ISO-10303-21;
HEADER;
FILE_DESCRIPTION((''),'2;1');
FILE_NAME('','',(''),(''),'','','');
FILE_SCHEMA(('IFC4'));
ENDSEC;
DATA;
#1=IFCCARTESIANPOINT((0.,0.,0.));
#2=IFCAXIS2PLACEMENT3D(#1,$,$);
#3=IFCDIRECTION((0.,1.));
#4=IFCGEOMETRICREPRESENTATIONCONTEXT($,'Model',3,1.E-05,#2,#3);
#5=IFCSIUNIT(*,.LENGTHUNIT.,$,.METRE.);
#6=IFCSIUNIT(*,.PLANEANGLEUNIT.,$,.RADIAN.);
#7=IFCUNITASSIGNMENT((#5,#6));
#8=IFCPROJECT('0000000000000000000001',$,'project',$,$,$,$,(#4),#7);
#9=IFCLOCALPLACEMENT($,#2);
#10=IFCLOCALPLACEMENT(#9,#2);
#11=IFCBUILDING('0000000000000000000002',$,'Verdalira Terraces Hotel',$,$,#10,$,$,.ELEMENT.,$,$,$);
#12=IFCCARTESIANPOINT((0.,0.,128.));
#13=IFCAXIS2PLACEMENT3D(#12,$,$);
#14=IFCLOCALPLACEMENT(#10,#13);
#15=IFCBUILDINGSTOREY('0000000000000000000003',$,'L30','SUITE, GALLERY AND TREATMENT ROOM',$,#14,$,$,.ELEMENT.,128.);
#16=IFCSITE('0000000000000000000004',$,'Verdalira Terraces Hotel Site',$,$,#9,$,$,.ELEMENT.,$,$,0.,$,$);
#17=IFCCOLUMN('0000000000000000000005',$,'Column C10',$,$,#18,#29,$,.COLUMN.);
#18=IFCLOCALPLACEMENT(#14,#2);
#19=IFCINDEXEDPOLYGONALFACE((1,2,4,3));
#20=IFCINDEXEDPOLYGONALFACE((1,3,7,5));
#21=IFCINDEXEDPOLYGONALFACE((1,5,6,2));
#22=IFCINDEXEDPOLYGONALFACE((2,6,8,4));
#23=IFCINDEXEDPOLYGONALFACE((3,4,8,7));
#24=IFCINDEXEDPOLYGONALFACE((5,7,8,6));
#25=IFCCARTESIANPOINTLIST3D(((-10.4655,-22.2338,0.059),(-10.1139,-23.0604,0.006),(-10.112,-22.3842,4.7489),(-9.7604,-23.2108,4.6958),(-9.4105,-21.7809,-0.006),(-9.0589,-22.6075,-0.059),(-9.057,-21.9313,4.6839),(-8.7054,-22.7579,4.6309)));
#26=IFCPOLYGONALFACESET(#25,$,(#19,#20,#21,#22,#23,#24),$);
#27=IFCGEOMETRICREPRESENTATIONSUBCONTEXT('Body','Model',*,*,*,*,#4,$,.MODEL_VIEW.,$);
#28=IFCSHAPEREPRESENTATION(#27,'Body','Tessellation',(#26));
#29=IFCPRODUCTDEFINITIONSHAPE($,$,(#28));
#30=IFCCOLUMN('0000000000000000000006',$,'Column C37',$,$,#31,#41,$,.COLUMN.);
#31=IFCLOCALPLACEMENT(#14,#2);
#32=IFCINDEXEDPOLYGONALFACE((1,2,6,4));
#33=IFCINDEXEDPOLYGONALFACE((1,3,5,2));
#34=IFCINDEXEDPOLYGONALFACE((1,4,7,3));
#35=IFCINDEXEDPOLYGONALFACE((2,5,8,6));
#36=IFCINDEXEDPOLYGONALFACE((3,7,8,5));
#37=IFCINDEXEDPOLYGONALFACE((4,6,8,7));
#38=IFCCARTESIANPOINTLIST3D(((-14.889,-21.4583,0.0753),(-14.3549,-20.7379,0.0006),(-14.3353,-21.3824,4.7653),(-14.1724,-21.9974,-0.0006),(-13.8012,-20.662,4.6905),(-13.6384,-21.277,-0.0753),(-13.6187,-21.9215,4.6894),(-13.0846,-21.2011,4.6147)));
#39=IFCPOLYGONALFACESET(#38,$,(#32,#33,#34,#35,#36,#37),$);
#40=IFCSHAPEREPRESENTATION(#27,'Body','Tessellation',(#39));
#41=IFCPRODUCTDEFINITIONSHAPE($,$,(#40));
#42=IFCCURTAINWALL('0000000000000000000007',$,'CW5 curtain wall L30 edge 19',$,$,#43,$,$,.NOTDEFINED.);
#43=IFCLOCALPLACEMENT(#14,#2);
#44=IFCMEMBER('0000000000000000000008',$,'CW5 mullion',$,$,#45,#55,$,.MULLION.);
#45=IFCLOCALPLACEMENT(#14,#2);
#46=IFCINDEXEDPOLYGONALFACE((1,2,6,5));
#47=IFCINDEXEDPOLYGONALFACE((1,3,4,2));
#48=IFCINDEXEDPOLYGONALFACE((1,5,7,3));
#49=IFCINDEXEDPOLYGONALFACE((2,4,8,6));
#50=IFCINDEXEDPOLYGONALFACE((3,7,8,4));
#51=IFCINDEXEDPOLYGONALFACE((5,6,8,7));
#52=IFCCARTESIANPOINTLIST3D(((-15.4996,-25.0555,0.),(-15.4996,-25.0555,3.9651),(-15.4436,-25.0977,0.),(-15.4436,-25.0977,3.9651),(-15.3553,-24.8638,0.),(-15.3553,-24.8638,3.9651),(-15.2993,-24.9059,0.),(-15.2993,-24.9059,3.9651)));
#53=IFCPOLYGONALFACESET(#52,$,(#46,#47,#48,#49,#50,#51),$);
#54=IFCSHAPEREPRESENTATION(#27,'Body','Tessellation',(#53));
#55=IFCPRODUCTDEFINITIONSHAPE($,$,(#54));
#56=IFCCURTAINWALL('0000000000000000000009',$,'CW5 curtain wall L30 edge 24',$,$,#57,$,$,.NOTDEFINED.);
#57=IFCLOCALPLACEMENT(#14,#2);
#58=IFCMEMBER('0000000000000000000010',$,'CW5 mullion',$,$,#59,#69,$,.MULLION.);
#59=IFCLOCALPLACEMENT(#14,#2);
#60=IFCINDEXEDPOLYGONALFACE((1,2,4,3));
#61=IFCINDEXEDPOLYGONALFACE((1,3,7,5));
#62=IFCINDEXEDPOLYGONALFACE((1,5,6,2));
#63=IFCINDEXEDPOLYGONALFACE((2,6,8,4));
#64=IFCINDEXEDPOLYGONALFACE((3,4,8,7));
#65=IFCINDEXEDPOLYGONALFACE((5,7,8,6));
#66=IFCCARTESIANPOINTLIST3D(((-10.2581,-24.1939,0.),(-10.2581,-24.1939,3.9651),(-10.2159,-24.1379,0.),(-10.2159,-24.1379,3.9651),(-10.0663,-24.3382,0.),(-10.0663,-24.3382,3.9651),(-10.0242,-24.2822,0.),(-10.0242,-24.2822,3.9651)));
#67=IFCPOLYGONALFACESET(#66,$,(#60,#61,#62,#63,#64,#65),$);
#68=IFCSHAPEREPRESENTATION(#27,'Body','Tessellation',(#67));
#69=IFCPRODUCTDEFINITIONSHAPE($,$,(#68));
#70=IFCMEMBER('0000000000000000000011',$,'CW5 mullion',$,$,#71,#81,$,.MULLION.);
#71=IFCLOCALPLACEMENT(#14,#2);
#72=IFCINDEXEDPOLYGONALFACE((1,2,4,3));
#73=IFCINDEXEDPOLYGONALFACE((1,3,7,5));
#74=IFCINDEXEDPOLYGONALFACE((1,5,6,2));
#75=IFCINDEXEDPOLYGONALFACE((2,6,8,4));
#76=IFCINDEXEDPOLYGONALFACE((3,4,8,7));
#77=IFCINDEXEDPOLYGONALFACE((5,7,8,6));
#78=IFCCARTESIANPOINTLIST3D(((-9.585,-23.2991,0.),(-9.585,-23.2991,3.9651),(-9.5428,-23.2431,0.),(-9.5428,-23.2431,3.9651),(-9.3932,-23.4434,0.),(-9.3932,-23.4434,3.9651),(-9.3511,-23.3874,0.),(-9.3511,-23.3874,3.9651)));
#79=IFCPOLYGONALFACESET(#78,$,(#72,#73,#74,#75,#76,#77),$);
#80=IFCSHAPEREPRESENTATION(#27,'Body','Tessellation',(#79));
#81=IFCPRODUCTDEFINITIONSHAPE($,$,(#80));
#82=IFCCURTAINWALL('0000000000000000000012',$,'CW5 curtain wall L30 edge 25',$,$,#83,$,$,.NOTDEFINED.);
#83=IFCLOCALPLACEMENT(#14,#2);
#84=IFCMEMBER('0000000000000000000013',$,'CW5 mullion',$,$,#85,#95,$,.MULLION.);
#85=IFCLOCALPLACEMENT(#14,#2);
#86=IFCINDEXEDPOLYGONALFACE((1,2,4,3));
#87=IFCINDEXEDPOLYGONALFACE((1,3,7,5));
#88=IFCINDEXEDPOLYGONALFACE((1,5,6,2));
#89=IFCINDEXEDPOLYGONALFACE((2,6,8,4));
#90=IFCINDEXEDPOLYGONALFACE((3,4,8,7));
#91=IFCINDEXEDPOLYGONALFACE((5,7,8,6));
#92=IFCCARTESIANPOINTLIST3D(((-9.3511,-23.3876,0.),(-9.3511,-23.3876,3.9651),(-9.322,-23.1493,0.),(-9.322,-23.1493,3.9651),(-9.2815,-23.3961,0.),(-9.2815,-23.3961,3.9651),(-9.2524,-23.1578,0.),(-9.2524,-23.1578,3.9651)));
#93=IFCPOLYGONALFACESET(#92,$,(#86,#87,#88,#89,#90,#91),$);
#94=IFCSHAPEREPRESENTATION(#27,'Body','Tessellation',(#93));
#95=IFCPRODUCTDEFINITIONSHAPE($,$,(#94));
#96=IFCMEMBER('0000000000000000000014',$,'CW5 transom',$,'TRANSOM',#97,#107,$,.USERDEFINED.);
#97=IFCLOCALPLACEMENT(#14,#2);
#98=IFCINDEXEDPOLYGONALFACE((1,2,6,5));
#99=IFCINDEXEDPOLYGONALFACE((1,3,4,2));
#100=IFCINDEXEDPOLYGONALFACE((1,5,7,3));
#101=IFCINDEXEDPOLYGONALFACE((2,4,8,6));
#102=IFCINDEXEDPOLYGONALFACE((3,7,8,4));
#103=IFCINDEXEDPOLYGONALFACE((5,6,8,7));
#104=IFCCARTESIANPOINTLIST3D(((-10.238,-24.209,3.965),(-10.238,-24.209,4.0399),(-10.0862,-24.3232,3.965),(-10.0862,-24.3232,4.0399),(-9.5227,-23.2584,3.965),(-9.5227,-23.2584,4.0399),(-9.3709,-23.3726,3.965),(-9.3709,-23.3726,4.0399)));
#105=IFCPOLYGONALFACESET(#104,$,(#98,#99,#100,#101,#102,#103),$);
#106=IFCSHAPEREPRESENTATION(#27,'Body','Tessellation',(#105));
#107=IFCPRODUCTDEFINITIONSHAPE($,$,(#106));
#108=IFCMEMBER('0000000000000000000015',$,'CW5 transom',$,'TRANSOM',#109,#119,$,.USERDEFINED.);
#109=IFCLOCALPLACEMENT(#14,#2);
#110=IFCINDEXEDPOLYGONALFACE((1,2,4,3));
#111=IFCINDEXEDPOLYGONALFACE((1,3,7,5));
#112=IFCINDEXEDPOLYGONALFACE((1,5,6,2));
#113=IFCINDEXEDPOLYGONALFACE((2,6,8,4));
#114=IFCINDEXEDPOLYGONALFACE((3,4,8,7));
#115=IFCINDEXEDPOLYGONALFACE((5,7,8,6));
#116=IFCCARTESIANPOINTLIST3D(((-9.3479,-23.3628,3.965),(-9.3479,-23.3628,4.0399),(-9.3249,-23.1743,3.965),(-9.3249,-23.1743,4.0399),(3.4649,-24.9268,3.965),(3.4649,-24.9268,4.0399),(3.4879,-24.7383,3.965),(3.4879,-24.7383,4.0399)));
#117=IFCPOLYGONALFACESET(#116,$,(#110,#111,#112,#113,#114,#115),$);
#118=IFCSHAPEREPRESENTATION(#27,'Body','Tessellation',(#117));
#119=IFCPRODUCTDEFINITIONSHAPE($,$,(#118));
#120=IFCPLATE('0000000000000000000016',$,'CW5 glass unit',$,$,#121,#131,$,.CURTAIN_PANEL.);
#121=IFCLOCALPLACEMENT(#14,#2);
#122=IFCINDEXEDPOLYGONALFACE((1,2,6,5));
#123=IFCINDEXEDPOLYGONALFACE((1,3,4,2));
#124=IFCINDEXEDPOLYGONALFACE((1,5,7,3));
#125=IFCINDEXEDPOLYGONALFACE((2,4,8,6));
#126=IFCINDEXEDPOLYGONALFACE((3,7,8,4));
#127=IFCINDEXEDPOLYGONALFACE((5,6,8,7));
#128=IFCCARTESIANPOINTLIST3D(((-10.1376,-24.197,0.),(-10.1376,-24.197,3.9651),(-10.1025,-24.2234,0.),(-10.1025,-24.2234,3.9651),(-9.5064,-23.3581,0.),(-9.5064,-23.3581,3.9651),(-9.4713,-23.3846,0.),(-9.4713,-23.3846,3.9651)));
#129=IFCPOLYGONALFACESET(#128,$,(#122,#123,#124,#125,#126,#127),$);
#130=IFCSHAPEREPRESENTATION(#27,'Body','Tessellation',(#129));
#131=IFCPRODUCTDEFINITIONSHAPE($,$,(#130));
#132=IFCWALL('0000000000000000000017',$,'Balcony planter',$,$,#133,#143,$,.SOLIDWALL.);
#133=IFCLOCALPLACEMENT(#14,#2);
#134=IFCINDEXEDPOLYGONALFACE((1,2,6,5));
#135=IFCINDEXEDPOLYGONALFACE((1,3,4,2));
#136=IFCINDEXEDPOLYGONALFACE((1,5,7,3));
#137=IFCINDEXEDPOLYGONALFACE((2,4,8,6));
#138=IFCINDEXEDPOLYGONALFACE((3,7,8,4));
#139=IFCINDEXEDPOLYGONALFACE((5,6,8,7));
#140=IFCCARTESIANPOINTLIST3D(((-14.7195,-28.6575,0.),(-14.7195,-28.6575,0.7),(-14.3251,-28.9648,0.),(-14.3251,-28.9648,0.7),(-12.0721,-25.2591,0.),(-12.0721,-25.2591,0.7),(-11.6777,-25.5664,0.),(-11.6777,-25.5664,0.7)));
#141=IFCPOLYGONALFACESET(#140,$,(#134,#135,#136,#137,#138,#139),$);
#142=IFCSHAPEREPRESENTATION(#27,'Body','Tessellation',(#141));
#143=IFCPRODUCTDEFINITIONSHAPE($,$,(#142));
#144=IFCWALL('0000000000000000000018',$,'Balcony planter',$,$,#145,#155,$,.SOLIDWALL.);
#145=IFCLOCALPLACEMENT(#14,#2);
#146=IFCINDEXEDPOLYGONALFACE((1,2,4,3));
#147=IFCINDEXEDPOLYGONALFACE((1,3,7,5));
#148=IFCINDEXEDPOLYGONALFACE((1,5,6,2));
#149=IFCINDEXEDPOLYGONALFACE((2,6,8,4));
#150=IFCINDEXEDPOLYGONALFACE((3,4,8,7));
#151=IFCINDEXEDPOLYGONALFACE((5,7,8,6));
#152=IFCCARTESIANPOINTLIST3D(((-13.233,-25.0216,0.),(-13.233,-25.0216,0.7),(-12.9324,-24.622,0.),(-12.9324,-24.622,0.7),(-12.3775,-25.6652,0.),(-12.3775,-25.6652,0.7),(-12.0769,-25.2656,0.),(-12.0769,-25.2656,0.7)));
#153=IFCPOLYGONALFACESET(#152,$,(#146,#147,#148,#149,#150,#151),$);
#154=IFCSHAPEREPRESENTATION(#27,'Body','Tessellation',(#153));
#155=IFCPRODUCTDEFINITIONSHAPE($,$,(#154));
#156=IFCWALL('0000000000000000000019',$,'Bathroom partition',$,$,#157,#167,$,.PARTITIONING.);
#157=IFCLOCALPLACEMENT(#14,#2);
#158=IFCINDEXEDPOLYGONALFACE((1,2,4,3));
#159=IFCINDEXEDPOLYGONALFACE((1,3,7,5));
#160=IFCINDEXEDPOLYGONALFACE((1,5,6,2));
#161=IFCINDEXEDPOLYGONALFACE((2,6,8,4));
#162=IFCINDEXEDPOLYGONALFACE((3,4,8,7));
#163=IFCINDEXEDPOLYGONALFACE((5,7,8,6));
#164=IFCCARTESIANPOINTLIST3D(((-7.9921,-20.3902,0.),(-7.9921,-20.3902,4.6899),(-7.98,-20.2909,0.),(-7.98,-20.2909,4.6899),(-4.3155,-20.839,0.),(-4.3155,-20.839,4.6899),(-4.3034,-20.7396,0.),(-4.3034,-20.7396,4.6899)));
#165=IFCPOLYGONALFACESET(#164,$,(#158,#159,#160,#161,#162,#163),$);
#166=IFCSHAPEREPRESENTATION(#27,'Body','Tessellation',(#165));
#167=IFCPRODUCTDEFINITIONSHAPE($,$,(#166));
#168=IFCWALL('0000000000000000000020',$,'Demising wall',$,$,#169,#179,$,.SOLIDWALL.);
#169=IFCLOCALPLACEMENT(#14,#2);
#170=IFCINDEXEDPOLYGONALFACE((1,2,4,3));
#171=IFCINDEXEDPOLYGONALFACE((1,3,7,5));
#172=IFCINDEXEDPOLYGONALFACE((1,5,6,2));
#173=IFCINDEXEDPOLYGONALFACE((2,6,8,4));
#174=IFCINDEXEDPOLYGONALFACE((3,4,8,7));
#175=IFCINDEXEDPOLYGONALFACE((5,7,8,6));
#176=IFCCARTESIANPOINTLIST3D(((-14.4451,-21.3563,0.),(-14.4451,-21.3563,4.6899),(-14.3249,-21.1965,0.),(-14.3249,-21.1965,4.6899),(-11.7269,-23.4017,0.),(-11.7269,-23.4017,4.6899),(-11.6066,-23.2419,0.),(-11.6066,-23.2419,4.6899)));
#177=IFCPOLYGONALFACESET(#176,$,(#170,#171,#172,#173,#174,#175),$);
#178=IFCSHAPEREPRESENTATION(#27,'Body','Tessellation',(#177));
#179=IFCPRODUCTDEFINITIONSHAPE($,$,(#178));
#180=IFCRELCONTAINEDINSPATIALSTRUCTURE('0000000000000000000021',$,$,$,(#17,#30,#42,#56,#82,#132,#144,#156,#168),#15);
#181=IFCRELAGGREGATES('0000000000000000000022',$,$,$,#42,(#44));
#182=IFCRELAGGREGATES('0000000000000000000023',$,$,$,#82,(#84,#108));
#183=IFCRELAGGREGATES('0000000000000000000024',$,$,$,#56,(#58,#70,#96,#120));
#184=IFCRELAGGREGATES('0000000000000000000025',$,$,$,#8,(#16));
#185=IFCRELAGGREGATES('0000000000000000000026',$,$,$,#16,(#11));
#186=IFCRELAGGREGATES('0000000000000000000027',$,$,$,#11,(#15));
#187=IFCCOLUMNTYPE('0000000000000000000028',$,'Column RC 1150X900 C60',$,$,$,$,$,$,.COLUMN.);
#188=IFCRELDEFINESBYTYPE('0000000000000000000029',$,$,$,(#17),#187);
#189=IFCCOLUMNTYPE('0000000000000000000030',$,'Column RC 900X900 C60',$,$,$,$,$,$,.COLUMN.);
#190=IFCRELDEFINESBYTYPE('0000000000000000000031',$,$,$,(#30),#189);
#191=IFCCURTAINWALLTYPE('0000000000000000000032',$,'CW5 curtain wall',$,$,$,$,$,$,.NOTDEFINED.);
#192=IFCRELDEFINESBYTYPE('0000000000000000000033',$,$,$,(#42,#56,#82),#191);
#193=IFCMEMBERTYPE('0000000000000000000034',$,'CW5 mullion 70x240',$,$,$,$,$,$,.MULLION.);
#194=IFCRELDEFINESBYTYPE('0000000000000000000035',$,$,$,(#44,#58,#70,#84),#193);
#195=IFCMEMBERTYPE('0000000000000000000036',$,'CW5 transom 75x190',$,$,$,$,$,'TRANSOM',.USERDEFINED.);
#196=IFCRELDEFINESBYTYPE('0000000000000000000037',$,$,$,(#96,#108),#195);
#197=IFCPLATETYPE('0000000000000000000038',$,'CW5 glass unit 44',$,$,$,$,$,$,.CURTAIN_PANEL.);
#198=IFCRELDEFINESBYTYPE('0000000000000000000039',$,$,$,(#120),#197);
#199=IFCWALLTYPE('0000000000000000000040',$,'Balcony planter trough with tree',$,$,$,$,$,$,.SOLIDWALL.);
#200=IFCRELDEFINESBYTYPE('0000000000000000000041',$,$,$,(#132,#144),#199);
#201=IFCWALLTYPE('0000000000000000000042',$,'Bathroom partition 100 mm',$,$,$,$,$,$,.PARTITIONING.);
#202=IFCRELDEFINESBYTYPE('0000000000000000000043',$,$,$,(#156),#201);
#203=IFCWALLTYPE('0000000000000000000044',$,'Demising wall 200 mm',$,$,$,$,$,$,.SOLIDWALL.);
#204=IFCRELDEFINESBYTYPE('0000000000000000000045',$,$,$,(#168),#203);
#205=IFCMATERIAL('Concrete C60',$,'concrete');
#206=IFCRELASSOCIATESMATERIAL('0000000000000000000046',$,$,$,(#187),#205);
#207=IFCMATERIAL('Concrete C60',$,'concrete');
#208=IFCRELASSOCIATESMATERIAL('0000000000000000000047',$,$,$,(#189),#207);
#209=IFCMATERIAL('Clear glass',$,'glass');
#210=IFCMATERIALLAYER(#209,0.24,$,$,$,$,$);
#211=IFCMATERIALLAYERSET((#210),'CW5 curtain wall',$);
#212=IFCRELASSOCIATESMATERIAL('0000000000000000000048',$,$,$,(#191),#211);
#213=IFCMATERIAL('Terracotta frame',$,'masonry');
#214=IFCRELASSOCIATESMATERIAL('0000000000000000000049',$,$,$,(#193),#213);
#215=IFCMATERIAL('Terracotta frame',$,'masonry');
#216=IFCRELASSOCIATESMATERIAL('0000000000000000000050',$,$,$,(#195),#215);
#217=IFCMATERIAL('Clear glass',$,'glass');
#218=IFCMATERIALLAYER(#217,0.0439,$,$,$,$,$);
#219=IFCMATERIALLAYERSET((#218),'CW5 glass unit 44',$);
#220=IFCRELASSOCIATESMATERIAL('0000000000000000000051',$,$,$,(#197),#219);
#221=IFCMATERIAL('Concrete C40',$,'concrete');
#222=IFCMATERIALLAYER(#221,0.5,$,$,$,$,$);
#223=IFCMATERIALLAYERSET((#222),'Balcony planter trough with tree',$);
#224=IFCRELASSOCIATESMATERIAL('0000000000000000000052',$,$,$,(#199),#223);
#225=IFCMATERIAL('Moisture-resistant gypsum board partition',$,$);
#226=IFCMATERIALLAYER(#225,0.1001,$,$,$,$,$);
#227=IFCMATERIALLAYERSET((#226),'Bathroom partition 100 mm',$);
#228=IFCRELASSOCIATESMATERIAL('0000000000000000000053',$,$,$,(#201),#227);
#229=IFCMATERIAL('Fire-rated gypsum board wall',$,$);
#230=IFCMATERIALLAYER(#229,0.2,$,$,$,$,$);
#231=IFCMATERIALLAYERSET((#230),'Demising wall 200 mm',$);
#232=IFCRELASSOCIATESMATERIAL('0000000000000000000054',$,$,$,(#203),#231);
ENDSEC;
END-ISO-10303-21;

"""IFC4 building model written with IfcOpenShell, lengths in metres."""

from ifc_helpers import new_model, si_unit, direction, frame, frame_2d, origin, origin_2d, place, context, subcontext, project, spatial, rectangle, extrude, material, layer, layer_set, material_profile, profile_set, type_object, element, aggregate, save


model = new_model("IFC4")

# Units and contexts
model_context = context("Model", 3, precision=1e-05, world=origin(), true_north=direction((0.0, 1.0)))
body_context = subcontext(model_context, "Body", "Model", "MODEL_VIEW")
ifc_project = project(units=[si_unit("LENGTHUNIT", "METRE"), si_unit("PLANEANGLEUNIT", "RADIAN")], contexts=[model_context])

# Site, building, storey
site_placement = place(None, origin())
site = spatial("IfcSite", under=ifc_project, at=site_placement, Name="Verdalira Terraces Hotel Site", CompositionType="ELEMENT", RefElevation=0.0)
building_placement = place(site_placement, origin())
building = spatial("IfcBuilding", under=site, at=building_placement, Name="Verdalira Terraces Hotel", CompositionType="ELEMENT")
storey_placement = place(building_placement, frame((0.0, 0.0, 128.0)))
storey = spatial("IfcBuildingStorey", under=building, at=storey_placement, Name="L30", Description="SUITE, GALLERY AND TREATMENT ROOM", CompositionType="ELEMENT", Elevation=128.0)

# Columns
ifc_material_1 = material(Name="Concrete C60", Category="concrete")
ifc_material_profile_1 = material_profile(ifc_material_1, rectangle(XDim=1.1499, YDim=0.8999, at=origin_2d()), Name="RC 1150X900")
ifc_profile_set_1 = profile_set([ifc_material_profile_1], Name="Concrete C60")
column_type_1 = type_object("IfcColumnType", Name="Column RC 1150X900 C60", PredefinedType="COLUMN", material=ifc_profile_set_1)
column_1_placement = place(storey_placement, frame((-9.7622, -22.4207, 0.0), z_axis=(0.075126, -0.03196, 0.996662), x_axis=(-0.917427, -0.39387, 0.056523)))
element("IfcColumn", 1, at=column_1_placement, inside=storey, type_object=column_type_1, Name="Column C10", PredefinedType="COLUMN", context=body_context, shape_type="SweptSolid", body=[
    extrude(rectangle(XDim=1.1499, YDim=0.8999, at=origin_2d()), origin(), (0.0, 0.0, 1.0), 4.7056),
])
ifc_material_2 = material(Name="Concrete C60", Category="concrete")
ifc_material_profile_2 = material_profile(ifc_material_2, rectangle(XDim=0.8999, YDim=0.8999, at=origin_2d()), Name="RC 900X900")
ifc_profile_set_2 = profile_set([ifc_material_profile_2], Name="Concrete C60")
column_type_2 = type_object("IfcColumnType", Name="Column RC 900X900 C60", PredefinedType="COLUMN", material=ifc_profile_set_2)
column_2_placement = place(storey_placement, frame((-14.2637, -21.3677, 0.0), z_axis=(0.117234, 0.016076, 0.992974), x_axis=(-0.593494, -0.800544, 0.08303)))
element("IfcColumn", 2, at=column_2_placement, inside=storey, type_object=column_type_2, Name="Column C37", PredefinedType="COLUMN", context=body_context, shape_type="SweptSolid", body=[
    extrude(rectangle(XDim=0.8999, YDim=0.8999, at=origin_2d()), origin(), (0.0, 0.0, 1.0), 4.7231),
])

# Curtain wall, member
ifc_material_3 = material(Name="Clear glass", Category="glass")
ifc_layer_1 = layer(ifc_material_3, 0.24)
ifc_layer_set_1 = layer_set([ifc_layer_1], Name="CW5 curtain wall")
curtain_wall_type = type_object("IfcCurtainWallType", Name="CW5 curtain wall", PredefinedType="NOTDEFINED", material=ifc_layer_set_1)
curtain_wall_1_placement = place(storey_placement, origin())
curtain_wall_1 = element("IfcCurtainWall", 3, at=curtain_wall_1_placement, inside=storey, type_object=curtain_wall_type, Name="CW5 curtain wall L30 edge 19", PredefinedType="NOTDEFINED")
ifc_material_4 = material(Name="Terracotta frame", Category="masonry")
ifc_material_profile_3 = material_profile(ifc_material_4, rectangle(XDim=0.0701, YDim=0.24, at=origin_2d()), Name="MU 70x240")
ifc_profile_set_3 = profile_set([ifc_material_profile_3], Name="Terracotta frame")
member_type_1 = type_object("IfcMemberType", Name="CW5 mullion 70x240", PredefinedType="MULLION", material=ifc_profile_set_3)
member_1_placement = place(storey_placement, frame((-15.3994, -24.9807, 0.0), z_axis=(0.0, 0.0, 1.0), x_axis=(0.799055, -0.601257, 0.0)))
member_1 = element("IfcMember", 4, at=member_1_placement, type_object=member_type_1, Name="CW5 mullion", PredefinedType="MULLION", context=body_context, shape_type="SweptSolid", body=[
    extrude(rectangle(XDim=0.0701, YDim=0.24, at=origin_2d()), origin(), (0.0, 0.0, 1.0), 3.9651),
])
aggregate(curtain_wall_1, [member_1])

# Curtain wall, members
curtain_wall_2_placement = place(storey_placement, origin())
curtain_wall_2 = element("IfcCurtainWall", 5, at=curtain_wall_2_placement, inside=storey, type_object=curtain_wall_type, Name="CW5 curtain wall L30 edge 24", PredefinedType="NOTDEFINED")
member_2_placement = place(storey_placement, frame((-10.1411, -24.238, 0.0), z_axis=(0.0, 0.0, 1.0), x_axis=(0.601257, 0.799055, 0.0)))
member_2 = element("IfcMember", 6, at=member_2_placement, type_object=member_type_1, Name="CW5 mullion", PredefinedType="MULLION", context=body_context, shape_type="SweptSolid", body=[
    extrude(rectangle(XDim=0.0701, YDim=0.24, at=origin_2d()), origin(), (0.0, 0.0, 1.0), 3.9651),
])
member_3_placement = place(storey_placement, frame((-9.468, -23.3433, 0.0), z_axis=(0.0, 0.0, 1.0), x_axis=(0.601257, 0.799055, 0.0)))
member_3 = element("IfcMember", 7, at=member_3_placement, type_object=member_type_1, Name="CW5 mullion", PredefinedType="MULLION", context=body_context, shape_type="SweptSolid", body=[
    extrude(rectangle(XDim=0.0701, YDim=0.24, at=origin_2d()), origin(), (0.0, 0.0, 1.0), 3.9651),
])

# Curtain wall, member
curtain_wall_3_placement = place(storey_placement, origin())
curtain_wall_3 = element("IfcCurtainWall", 8, at=curtain_wall_3_placement, inside=storey, type_object=curtain_wall_type, Name="CW5 curtain wall L30 edge 25", PredefinedType="NOTDEFINED")
member_4_placement = place(storey_placement, frame((-9.3018, -23.2727, 0.0), z_axis=(0.0, 0.0, 1.0), x_axis=(0.992631, -0.121176, 0.0)))
member_4 = element("IfcMember", 9, at=member_4_placement, type_object=member_type_1, Name="CW5 mullion", PredefinedType="MULLION", context=body_context, shape_type="SweptSolid", body=[
    extrude(rectangle(XDim=0.0701, YDim=0.24, at=origin_2d()), origin(), (0.0, 0.0, 1.0), 3.9651),
])

# Members
ifc_material_5 = material(Name="Terracotta frame", Category="masonry")
ifc_material_profile_4 = material_profile(ifc_material_5, rectangle(XDim=0.1899, YDim=0.075, at=origin_2d()), Name="TR 75x190")
ifc_profile_set_4 = profile_set([ifc_material_profile_4], Name="Terracotta frame")
member_type_2 = type_object("IfcMemberType", Name="CW5 transom 75x190", ElementType="TRANSOM", PredefinedType="USERDEFINED", material=ifc_profile_set_4)
member_5_placement = place(storey_placement, frame((-10.1621, -24.2661, 4.0024), z_axis=(0.601247, 0.799063, 0.0), x_axis=(-0.799063, 0.601247, 0.0)))
member_5 = element("IfcMember", 10, at=member_5_placement, type_object=member_type_2, Name="CW5 transom", ObjectType="TRANSOM", PredefinedType="USERDEFINED", context=body_context, shape_type="SweptSolid", body=[
    extrude(rectangle(XDim=0.1899, YDim=0.075, at=origin_2d()), origin(), (0.0, 0.0, 1.0), 1.1897),
])
member_6_placement = place(storey_placement, frame((-9.3364, -23.2686, 4.0024), z_axis=(0.992633, -0.121164, 0.0), x_axis=(0.121164, 0.992633, 0.0)))
member_6 = element("IfcMember", 11, at=member_6_placement, type_object=member_type_2, Name="CW5 transom", ObjectType="TRANSOM", PredefinedType="USERDEFINED", context=body_context, shape_type="SweptSolid", body=[
    extrude(rectangle(XDim=0.1899, YDim=0.075, at=origin_2d()), origin(), (0.0, 0.0, 1.0), 12.908),
])
aggregate(curtain_wall_3, [member_4, member_6])

# Plate
ifc_material_6 = material(Name="Clear glass", Category="glass")
ifc_layer_2 = layer(ifc_material_6, 0.0439)
ifc_layer_set_2 = layer_set([ifc_layer_2], Name="CW5 glass unit 44")
plate_type = type_object("IfcPlateType", Name="CW5 glass unit 44", PredefinedType="CURTAIN_PANEL", material=ifc_layer_set_2)
plate_placement = place(storey_placement, frame((-9.8044, -23.7908, 0.0), z_axis=(0.0, 0.0, 1.0), x_axis=(0.601257, 0.799055, 0.0)))
plate = element("IfcPlate", 12, at=plate_placement, type_object=plate_type, Name="CW5 glass unit", PredefinedType="CURTAIN_PANEL", context=body_context, shape_type="SweptSolid", body=[
    extrude(rectangle(XDim=1.0498, YDim=0.0439, at=origin_2d()), origin(), (0.0, 0.0, 1.0), 3.9651),
])
aggregate(curtain_wall_2, [member_2, member_3, member_5, plate])

# Walls
ifc_material_7 = material(Name="Concrete C40", Category="concrete")
ifc_layer_3 = layer(ifc_material_7, 0.5)
ifc_layer_set_3 = layer_set([ifc_layer_3], Name="Balcony planter trough with tree")
wall_type_1 = type_object("IfcWallType", Name="Balcony planter trough with tree", PredefinedType="SOLIDWALL", material=ifc_layer_set_3)
wall_1_placement = place(storey_placement, frame((-14.5222, -28.811, 0.0), z_axis=(0.0, 0.0, 1.0), x_axis=(0.614552, 0.788876, 0.0)))
element("IfcWall", 13, at=wall_1_placement, inside=storey, type_object=wall_type_1, Name="Balcony planter", PredefinedType="SOLIDWALL", context=body_context, shape_type="SweptSolid", body=[
    extrude(rectangle(XDim=4.3079, YDim=0.5, at=frame_2d((2.1538, 0.0))), origin(), (0.0, 0.0, 1.0), 0.7),
])
wall_2_placement = place(storey_placement, frame((-12.2273, -25.4653, 0.0), z_axis=(0.0, 0.0, 1.0), x_axis=(-0.799123, 0.601167, 0.0)))
element("IfcWall", 14, at=wall_2_placement, inside=storey, type_object=wall_type_1, Name="Balcony planter", PredefinedType="SOLIDWALL", context=body_context, shape_type="SweptSolid", body=[
    extrude(rectangle(XDim=1.0706, YDim=0.5, at=frame_2d((0.5352, 0.0))), origin(), (0.0, 0.0, 1.0), 0.7),
])
ifc_material_8 = material(Name="Moisture-resistant gypsum board partition")
ifc_layer_4 = layer(ifc_material_8, 0.1001)
ifc_layer_set_4 = layer_set([ifc_layer_4], Name="Bathroom partition 100 mm")
wall_type_2 = type_object("IfcWallType", Name="Bathroom partition 100 mm", PredefinedType="PARTITIONING", material=ifc_layer_set_4)
wall_3_placement = place(storey_placement, frame((-4.3093, -20.7893, 0.0), z_axis=(0.0, 0.0, 1.0), x_axis=(-0.992634, 0.121154, 0.0)))
element("IfcWall", 15, at=wall_3_placement, inside=storey, type_object=wall_type_2, Name="Bathroom partition", PredefinedType="PARTITIONING", context=body_context, shape_type="SweptSolid", body=[
    extrude(rectangle(XDim=3.7039, YDim=0.1001, at=frame_2d((1.8521, 0.0))), origin(), (0.0, 0.0, 1.0), 4.6899),
])
ifc_material_9 = material(Name="Fire-rated gypsum board wall")
ifc_layer_5 = layer(ifc_material_9, 0.2)
ifc_layer_set_5 = layer_set([ifc_layer_5], Name="Demising wall 200 mm")
wall_type_3 = type_object("IfcWallType", Name="Demising wall 200 mm", PredefinedType="SOLIDWALL", material=ifc_layer_set_5)
wall_4_placement = place(storey_placement, frame((-14.385, -21.2764, 0.0), z_axis=(0.0, 0.0, 1.0), x_axis=(0.799052, -0.601262, 0.0)))
element("IfcWall", 16, at=wall_4_placement, inside=storey, type_object=wall_type_3, Name="Demising wall", PredefinedType="SOLIDWALL", context=body_context, shape_type="SweptSolid", body=[
    extrude(rectangle(XDim=3.4019, YDim=0.2, at=frame_2d((1.7009, 0.0))), origin(), (0.0, 0.0, 1.0), 4.6899),
])

save(model, "model.ifc")
